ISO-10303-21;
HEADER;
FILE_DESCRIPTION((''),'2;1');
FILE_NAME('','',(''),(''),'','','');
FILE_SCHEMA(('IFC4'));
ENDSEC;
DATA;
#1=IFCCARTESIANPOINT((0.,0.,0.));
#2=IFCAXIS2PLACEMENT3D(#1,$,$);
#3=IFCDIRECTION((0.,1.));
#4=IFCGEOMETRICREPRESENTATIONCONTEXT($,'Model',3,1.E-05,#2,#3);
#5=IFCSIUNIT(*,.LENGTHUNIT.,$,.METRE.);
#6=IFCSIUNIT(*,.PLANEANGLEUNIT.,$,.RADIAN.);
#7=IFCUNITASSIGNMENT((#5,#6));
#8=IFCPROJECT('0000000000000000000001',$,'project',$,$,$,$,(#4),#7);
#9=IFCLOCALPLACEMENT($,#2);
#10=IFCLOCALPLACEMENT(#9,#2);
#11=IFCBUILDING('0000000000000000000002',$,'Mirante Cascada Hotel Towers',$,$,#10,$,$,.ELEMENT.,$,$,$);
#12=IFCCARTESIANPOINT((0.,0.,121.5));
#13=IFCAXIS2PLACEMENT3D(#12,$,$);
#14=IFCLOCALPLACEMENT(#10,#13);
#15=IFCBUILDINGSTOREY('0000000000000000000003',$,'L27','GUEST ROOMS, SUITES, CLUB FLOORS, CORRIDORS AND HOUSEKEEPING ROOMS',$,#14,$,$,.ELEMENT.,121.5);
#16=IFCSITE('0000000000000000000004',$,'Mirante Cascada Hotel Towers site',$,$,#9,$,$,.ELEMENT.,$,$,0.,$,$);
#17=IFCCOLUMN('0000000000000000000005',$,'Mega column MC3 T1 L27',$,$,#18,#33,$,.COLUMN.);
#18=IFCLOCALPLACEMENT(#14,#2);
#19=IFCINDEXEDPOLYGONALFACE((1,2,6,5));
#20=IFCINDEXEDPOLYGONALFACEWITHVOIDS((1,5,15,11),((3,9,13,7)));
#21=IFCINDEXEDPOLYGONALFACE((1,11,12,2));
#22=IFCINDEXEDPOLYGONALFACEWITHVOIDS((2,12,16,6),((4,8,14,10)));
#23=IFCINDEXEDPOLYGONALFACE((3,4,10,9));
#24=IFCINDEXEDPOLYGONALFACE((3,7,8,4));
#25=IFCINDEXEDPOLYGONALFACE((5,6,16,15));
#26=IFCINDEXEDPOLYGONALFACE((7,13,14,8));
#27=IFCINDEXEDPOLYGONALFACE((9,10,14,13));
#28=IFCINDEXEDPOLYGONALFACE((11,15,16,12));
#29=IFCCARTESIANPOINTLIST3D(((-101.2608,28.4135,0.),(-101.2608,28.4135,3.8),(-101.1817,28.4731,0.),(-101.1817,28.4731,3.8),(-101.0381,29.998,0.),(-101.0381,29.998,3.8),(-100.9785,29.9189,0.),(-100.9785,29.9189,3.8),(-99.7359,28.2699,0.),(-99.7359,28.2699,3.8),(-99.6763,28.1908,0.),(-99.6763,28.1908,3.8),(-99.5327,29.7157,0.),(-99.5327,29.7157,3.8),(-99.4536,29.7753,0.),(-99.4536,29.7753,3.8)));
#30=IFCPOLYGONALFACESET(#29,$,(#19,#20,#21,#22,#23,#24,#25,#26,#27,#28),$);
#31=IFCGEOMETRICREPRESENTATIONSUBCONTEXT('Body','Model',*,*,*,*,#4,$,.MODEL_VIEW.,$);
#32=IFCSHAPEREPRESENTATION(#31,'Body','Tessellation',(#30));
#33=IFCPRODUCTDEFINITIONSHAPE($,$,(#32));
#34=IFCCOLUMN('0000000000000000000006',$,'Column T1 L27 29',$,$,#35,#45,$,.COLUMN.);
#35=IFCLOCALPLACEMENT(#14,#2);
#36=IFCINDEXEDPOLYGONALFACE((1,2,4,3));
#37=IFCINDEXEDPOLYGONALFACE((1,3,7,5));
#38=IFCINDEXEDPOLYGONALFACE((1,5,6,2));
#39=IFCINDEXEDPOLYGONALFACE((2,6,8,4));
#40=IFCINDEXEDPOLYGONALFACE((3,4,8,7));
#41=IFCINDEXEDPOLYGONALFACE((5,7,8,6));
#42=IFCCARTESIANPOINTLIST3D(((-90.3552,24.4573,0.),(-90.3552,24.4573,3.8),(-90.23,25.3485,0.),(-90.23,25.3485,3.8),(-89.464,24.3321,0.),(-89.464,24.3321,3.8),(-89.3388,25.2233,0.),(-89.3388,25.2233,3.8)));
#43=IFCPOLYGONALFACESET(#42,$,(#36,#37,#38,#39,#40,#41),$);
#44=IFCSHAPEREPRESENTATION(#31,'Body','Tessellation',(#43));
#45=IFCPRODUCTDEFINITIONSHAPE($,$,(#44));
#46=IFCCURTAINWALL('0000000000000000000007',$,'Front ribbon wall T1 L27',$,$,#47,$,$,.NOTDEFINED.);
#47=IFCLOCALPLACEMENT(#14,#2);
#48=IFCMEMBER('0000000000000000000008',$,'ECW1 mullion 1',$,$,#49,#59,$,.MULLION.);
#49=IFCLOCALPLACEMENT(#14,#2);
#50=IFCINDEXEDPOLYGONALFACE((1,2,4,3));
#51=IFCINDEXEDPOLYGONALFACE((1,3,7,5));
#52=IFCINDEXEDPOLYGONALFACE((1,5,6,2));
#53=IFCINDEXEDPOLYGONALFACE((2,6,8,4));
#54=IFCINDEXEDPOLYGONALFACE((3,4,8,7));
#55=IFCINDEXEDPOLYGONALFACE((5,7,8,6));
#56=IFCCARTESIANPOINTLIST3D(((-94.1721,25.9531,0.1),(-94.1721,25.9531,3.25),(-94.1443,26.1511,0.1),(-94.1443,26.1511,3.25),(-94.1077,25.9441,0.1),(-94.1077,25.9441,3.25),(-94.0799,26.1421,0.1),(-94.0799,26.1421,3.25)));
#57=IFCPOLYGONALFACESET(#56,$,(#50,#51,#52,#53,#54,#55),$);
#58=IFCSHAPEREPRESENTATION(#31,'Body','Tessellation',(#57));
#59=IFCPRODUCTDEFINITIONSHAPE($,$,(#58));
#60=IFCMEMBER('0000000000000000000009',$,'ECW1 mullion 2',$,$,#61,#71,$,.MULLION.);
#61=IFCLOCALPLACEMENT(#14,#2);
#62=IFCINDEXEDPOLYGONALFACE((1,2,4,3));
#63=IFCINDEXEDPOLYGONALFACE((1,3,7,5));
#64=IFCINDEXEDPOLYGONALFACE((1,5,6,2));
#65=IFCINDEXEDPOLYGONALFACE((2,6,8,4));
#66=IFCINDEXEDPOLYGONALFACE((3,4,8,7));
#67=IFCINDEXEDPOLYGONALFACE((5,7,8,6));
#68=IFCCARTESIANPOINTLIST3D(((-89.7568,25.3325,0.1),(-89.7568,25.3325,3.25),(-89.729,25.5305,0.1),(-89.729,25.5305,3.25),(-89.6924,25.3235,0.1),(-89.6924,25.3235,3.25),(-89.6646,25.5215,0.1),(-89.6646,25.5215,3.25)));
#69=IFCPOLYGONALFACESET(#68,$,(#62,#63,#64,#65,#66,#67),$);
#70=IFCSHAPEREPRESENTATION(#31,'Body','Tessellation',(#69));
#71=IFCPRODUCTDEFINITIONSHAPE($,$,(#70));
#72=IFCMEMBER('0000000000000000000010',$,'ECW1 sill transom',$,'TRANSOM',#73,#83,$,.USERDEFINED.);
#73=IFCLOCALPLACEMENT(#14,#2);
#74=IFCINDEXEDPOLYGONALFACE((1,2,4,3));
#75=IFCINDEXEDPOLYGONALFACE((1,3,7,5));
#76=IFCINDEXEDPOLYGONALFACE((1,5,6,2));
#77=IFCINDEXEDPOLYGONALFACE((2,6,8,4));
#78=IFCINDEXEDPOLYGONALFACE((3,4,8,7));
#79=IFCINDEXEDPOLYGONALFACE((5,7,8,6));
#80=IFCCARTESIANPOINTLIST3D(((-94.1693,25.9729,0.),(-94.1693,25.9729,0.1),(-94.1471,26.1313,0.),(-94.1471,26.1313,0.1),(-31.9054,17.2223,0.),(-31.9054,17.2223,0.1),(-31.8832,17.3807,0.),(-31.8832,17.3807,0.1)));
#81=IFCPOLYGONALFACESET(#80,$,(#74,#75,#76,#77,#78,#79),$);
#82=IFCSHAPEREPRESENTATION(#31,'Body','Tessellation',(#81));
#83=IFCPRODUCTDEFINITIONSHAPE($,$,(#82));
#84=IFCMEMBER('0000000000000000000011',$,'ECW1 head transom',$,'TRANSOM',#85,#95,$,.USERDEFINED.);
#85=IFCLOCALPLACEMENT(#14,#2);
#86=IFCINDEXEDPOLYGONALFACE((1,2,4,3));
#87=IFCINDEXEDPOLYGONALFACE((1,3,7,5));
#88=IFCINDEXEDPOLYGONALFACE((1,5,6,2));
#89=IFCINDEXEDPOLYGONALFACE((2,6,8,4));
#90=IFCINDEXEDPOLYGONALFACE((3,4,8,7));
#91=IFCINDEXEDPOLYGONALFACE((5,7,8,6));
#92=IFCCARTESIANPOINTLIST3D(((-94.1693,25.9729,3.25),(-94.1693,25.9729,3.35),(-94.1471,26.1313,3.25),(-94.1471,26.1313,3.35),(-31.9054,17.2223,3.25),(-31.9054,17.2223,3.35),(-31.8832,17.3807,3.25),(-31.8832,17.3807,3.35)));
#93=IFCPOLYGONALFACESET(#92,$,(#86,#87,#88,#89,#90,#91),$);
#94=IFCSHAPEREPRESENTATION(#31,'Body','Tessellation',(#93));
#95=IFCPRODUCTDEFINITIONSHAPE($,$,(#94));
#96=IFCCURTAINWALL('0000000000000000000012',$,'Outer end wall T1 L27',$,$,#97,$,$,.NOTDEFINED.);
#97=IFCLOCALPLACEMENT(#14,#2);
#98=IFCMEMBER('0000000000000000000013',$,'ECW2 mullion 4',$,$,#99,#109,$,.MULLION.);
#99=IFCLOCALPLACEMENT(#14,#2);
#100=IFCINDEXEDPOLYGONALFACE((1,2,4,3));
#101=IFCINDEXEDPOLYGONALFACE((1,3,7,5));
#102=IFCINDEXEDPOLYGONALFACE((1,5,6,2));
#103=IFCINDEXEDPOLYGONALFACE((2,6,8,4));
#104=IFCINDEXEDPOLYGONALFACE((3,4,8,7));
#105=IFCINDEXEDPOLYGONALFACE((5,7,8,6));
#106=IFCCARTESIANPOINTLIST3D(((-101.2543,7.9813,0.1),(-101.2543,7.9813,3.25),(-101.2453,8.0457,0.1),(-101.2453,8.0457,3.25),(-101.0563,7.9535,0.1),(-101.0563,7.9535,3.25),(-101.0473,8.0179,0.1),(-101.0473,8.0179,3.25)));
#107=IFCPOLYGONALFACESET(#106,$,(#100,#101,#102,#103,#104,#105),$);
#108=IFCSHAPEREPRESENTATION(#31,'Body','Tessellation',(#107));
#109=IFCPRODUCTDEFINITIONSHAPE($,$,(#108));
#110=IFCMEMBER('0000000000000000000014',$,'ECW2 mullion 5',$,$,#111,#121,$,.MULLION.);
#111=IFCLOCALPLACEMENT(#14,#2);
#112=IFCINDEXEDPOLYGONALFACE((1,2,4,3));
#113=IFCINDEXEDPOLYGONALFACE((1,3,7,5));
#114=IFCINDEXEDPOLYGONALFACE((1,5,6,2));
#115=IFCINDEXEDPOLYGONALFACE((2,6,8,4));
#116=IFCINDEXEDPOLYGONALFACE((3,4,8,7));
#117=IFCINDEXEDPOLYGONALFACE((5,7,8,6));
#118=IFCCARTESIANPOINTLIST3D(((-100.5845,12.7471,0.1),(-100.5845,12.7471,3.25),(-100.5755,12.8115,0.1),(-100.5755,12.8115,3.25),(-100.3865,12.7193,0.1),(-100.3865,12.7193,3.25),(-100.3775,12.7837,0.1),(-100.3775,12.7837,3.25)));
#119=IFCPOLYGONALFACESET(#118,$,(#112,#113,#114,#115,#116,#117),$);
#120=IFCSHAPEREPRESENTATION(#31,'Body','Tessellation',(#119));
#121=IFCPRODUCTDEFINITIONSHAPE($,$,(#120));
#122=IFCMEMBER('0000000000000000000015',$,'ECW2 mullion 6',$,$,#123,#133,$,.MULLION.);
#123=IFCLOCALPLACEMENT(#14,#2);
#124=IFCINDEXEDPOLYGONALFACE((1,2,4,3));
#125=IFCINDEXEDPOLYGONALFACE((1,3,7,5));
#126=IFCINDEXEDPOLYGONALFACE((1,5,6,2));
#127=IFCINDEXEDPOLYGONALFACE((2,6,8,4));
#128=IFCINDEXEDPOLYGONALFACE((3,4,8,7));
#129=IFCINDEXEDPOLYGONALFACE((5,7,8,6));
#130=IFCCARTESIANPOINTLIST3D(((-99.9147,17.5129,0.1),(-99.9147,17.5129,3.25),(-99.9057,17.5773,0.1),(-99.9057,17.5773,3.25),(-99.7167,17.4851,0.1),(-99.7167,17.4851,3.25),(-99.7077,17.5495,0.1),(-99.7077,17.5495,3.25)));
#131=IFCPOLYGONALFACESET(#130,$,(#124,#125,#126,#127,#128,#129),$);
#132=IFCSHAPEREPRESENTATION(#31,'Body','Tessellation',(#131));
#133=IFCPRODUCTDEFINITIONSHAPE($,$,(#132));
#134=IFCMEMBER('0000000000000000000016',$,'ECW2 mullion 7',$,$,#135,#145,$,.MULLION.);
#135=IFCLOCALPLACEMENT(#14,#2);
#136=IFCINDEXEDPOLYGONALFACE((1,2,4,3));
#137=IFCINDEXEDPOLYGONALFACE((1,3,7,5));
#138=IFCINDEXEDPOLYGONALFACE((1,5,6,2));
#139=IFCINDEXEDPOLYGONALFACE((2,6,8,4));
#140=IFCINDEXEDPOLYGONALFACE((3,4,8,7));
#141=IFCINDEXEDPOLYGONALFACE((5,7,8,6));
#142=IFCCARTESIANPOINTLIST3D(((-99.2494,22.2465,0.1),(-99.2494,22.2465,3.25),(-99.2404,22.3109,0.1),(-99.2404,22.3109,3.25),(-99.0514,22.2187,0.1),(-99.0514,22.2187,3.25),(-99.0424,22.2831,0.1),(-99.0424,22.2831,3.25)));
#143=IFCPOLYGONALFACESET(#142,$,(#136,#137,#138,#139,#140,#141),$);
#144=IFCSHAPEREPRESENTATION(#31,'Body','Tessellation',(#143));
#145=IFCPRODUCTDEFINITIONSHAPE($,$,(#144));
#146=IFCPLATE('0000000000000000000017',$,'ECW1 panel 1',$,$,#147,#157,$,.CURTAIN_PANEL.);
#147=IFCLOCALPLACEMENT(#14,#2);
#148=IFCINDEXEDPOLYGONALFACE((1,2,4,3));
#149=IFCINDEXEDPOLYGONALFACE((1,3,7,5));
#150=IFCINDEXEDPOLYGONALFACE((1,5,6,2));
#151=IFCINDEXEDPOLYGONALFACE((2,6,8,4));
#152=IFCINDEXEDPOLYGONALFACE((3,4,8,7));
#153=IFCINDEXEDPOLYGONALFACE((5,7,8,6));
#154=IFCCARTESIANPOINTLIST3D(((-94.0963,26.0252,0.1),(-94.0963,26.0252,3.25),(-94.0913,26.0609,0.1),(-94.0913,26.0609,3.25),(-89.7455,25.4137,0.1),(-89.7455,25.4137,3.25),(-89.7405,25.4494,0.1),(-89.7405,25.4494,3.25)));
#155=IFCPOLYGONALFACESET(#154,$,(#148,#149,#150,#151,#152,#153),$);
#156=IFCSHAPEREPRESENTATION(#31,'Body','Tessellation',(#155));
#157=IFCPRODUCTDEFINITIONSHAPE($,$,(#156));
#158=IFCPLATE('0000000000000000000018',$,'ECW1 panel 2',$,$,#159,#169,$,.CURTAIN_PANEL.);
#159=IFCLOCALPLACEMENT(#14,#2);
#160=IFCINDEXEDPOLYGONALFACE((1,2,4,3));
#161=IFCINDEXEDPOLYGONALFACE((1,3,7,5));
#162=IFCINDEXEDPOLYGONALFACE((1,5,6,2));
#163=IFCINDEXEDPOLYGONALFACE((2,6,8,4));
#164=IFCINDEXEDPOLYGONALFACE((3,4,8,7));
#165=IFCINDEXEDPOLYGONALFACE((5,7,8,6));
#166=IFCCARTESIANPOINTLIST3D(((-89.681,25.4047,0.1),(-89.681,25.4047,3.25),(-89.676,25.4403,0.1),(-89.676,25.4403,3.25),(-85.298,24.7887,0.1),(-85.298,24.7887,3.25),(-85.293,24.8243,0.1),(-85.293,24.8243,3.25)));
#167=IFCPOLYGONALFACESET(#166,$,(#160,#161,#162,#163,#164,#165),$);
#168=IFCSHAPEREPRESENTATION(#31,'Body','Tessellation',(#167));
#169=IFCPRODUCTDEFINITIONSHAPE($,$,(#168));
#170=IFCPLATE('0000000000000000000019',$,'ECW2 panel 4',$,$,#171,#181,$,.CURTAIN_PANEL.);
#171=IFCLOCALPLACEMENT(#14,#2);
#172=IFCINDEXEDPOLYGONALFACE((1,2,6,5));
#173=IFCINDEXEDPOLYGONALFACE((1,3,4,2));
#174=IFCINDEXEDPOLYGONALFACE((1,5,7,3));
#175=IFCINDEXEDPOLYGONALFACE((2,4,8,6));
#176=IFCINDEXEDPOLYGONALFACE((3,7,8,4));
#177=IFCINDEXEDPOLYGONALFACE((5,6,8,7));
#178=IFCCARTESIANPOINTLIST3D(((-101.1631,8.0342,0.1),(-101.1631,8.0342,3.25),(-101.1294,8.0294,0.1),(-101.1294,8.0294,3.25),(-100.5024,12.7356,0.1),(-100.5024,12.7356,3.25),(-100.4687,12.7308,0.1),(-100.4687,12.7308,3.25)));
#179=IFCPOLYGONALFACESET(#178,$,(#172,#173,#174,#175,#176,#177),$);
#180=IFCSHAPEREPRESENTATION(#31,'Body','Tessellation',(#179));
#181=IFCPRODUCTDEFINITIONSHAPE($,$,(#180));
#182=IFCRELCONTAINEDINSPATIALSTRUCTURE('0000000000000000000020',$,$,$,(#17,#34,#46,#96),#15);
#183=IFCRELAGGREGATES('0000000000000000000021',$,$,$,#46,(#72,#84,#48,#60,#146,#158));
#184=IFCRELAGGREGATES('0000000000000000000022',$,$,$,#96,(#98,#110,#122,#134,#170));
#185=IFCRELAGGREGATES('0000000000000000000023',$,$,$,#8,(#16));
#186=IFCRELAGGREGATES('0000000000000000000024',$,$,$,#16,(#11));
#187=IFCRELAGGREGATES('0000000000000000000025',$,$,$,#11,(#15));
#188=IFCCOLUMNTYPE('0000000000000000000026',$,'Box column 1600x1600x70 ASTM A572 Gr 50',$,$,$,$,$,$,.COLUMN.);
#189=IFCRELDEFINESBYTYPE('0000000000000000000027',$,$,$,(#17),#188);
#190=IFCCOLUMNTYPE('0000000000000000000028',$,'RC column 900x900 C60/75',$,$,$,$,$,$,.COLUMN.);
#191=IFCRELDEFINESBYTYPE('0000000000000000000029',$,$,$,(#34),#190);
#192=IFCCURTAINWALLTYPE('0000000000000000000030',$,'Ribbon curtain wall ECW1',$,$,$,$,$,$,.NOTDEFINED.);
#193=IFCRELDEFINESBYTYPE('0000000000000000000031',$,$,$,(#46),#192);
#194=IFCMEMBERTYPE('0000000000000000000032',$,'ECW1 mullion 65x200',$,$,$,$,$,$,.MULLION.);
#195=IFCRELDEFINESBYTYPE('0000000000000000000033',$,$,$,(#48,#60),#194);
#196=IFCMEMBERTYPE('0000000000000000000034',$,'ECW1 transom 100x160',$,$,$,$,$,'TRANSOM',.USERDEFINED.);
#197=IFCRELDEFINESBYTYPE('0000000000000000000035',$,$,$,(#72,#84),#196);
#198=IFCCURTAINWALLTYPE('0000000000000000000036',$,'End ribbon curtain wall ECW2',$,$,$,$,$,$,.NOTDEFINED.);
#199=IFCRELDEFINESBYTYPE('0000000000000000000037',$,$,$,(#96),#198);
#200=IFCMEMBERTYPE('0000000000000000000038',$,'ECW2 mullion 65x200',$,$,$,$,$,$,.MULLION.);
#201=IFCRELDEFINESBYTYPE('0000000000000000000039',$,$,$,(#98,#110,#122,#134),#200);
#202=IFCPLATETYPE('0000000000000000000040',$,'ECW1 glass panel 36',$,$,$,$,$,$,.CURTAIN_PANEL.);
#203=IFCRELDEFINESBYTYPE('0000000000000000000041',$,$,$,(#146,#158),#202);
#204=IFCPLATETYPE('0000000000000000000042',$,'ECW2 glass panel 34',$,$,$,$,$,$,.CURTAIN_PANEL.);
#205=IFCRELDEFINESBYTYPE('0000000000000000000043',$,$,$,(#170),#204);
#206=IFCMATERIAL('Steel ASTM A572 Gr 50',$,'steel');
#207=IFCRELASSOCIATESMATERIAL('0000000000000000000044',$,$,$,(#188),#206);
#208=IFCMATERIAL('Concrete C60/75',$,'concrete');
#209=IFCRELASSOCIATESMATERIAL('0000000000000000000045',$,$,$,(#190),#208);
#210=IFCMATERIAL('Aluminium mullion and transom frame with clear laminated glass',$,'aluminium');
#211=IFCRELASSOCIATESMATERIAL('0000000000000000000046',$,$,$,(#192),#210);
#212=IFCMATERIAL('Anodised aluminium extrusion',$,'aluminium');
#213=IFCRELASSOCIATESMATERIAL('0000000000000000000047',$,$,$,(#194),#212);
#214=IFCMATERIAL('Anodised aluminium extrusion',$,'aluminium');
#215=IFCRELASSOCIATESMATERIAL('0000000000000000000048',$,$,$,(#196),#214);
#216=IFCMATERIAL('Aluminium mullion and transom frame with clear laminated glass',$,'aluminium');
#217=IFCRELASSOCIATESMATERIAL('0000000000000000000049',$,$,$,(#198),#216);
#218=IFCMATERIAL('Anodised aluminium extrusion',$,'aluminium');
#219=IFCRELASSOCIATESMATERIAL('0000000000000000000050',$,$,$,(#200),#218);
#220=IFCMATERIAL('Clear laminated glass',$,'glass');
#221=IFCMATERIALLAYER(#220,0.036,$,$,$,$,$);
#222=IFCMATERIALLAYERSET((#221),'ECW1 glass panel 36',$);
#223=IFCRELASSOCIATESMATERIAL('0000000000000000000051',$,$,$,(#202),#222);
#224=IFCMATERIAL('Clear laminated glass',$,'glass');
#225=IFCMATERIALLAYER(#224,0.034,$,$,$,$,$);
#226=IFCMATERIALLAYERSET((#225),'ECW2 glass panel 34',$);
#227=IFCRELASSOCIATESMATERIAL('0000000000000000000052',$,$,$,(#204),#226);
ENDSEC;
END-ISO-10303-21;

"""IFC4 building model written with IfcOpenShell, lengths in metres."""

from ifc_helpers import new_model, si_unit, direction, frame, origin, origin_2d, place, context, subcontext, project, spatial, rectangle, hollow_rectangle, extrude, material, layer, layer_set, material_profile, profile_set, type_object, element, aggregate, save


model = new_model("IFC4")

# Units and contexts
model_context = context("Model", 3, precision=1e-05, world=origin(), true_north=direction((0.0, 1.0)))
body_context = subcontext(model_context, "Body", "Model", "MODEL_VIEW")
ifc_project = project(units=[si_unit("LENGTHUNIT", "METRE"), si_unit("PLANEANGLEUNIT", "RADIAN")], contexts=[model_context])

# Site, building, storey
site_placement = place(None, origin())
site = spatial("IfcSite", under=ifc_project, at=site_placement, Name="Mirante Cascada Hotel Towers site", CompositionType="ELEMENT", RefElevation=0.0)
building_placement = place(site_placement, origin())
building = spatial("IfcBuilding", under=site, at=building_placement, Name="Mirante Cascada Hotel Towers", CompositionType="ELEMENT")
storey_placement = place(building_placement, frame((0.0, 0.0, 121.5)))
storey = spatial("IfcBuildingStorey", under=building, at=storey_placement, Name="L27", Description="GUEST ROOMS, SUITES, CLUB FLOORS, CORRIDORS AND HOUSEKEEPING ROOMS", CompositionType="ELEMENT", Elevation=121.5)

# Columns
ifc_material_1 = material(Name="Steel ASTM A572 Gr 50", Category="steel")
ifc_material_profile_1 = material_profile(ifc_material_1, hollow_rectangle(XDim=1.6, YDim=1.6, WallThickness=0.07, at=origin_2d()), Name="Box column 1600x1600x70 ASTM A572 Gr 50")
ifc_profile_set_1 = profile_set([ifc_material_profile_1], Name="Steel ASTM A572 Gr 50")
column_type_1 = type_object("IfcColumnType", Name="Box column 1600x1600x70 ASTM A572 Gr 50", PredefinedType="COLUMN", material=ifc_profile_set_1)
column_1_placement = place(storey_placement, frame((-100.3572, 29.0944, 0.0), z_axis=(0.0, 0.0, 1.0), x_axis=(-0.990268, 0.139173, 0.0)))
element("IfcColumn", 1, at=column_1_placement, inside=storey, type_object=column_type_1, Name="Mega column MC3 T1 L27", PredefinedType="COLUMN", context=body_context, shape_type="SweptSolid", body=[
    extrude(hollow_rectangle(XDim=1.6, YDim=1.6, WallThickness=0.07, at=origin_2d()), origin(), (0.0, 0.0, 1.0), 3.8),
])
ifc_material_2 = material(Name="Concrete C60/75", Category="concrete")
ifc_material_profile_2 = material_profile(ifc_material_2, rectangle(XDim=0.9, YDim=0.9, at=origin_2d()), Name="RC column 900x900 C60/75")
ifc_profile_set_2 = profile_set([ifc_material_profile_2], Name="Concrete C60/75")
column_type_2 = type_object("IfcColumnType", Name="RC column 900x900 C60/75", PredefinedType="COLUMN", material=ifc_profile_set_2)
column_2_placement = place(storey_placement, frame((-89.847, 24.8403, 0.0), z_axis=(0.0, 0.0, 1.0), x_axis=(-0.990268, 0.139173, 0.0)))
element("IfcColumn", 2, at=column_2_placement, inside=storey, type_object=column_type_2, Name="Column T1 L27 29", PredefinedType="COLUMN", context=body_context, shape_type="SweptSolid", body=[
    extrude(rectangle(XDim=0.9, YDim=0.9, at=origin_2d()), origin(), (0.0, 0.0, 1.0), 3.8),
])

# Curtain walls, members
ifc_material_3 = material(Name="Aluminium mullion and transom frame with clear laminated glass", Category="aluminium")
curtain_wall_type_1 = type_object("IfcCurtainWallType", Name="Ribbon curtain wall ECW1", PredefinedType="NOTDEFINED", material=ifc_material_3)
curtain_wall_1_placement = place(storey_placement, origin())
curtain_wall_1 = element("IfcCurtainWall", 3, at=curtain_wall_1_placement, inside=storey, type_object=curtain_wall_type_1, Name="Front ribbon wall T1 L27", PredefinedType="NOTDEFINED")
ifc_material_4 = material(Name="Anodised aluminium extrusion", Category="aluminium")
ifc_material_profile_3 = material_profile(ifc_material_4, rectangle(XDim=0.2, YDim=0.065, at=origin_2d()), Name="ECW1 MULLION 65x200")
ifc_profile_set_3 = profile_set([ifc_material_profile_3], Name="Anodised aluminium extrusion")
member_type_1 = type_object("IfcMemberType", Name="ECW1 mullion 65x200", PredefinedType="MULLION", material=ifc_profile_set_3)
member_1_placement = place(storey_placement, frame((-94.126, 26.0476, 0.1), z_axis=(0.0, 0.0, 1.0), x_axis=(0.139173, 0.990268, 0.0)))
member_1 = element("IfcMember", 4, at=member_1_placement, type_object=member_type_1, Name="ECW1 mullion 1", PredefinedType="MULLION", context=body_context, shape_type="SweptSolid", body=[
    extrude(rectangle(XDim=0.2, YDim=0.065, at=origin_2d()), origin(), (0.0, 0.0, 1.0), 3.15),
])
member_2_placement = place(storey_placement, frame((-89.7107, 25.427, 0.1), z_axis=(0.0, 0.0, 1.0), x_axis=(0.139173, 0.990268, 0.0)))
member_2 = element("IfcMember", 5, at=member_2_placement, type_object=member_type_1, Name="ECW1 mullion 2", PredefinedType="MULLION", context=body_context, shape_type="SweptSolid", body=[
    extrude(rectangle(XDim=0.2, YDim=0.065, at=origin_2d()), origin(), (0.0, 0.0, 1.0), 3.15),
])
ifc_material_5 = material(Name="Anodised aluminium extrusion", Category="aluminium")
ifc_material_profile_4 = material_profile(ifc_material_5, rectangle(XDim=0.16, YDim=0.1, at=origin_2d()), Name="ECW1 TRANSOM 100x160")
ifc_profile_set_4 = profile_set([ifc_material_profile_4], Name="Anodised aluminium extrusion")
member_type_2 = type_object("IfcMemberType", Name="ECW1 transom 100x160", ElementType="TRANSOM", PredefinedType="USERDEFINED", material=ifc_profile_set_4)
member_3_placement = place(storey_placement, frame((-94.1582, 26.0521, 0.05), z_axis=(0.990268, -0.139173, 0.0), x_axis=(0.139173, 0.990268, 0.0)))
member_3 = element("IfcMember", 6, at=member_3_placement, type_object=member_type_2, Name="ECW1 sill transom", ObjectType="TRANSOM", PredefinedType="USERDEFINED", context=body_context, shape_type="SweptSolid", body=[
    extrude(rectangle(XDim=0.16, YDim=0.1, at=origin_2d()), origin(), (0.0, 0.0, 1.0), 62.8758),
])
member_4_placement = place(storey_placement, frame((-94.1582, 26.0521, 3.3), z_axis=(0.990268, -0.139173, 0.0), x_axis=(0.139173, 0.990268, 0.0)))
member_4 = element("IfcMember", 7, at=member_4_placement, type_object=member_type_2, Name="ECW1 head transom", ObjectType="TRANSOM", PredefinedType="USERDEFINED", context=body_context, shape_type="SweptSolid", body=[
    extrude(rectangle(XDim=0.16, YDim=0.1, at=origin_2d()), origin(), (0.0, 0.0, 1.0), 62.8758),
])
ifc_material_6 = material(Name="Aluminium mullion and transom frame with clear laminated glass", Category="aluminium")
curtain_wall_type_2 = type_object("IfcCurtainWallType", Name="End ribbon curtain wall ECW2", PredefinedType="NOTDEFINED", material=ifc_material_6)
curtain_wall_2_placement = place(storey_placement, origin())
curtain_wall_2 = element("IfcCurtainWall", 8, at=curtain_wall_2_placement, inside=storey, type_object=curtain_wall_type_2, Name="Outer end wall T1 L27", PredefinedType="NOTDEFINED")
ifc_material_7 = material(Name="Anodised aluminium extrusion", Category="aluminium")
ifc_material_profile_5 = material_profile(ifc_material_7, rectangle(XDim=0.2, YDim=0.065, at=origin_2d()), Name="ECW2 MULLION 65x200")
ifc_profile_set_5 = profile_set([ifc_material_profile_5], Name="Anodised aluminium extrusion")
member_type_3 = type_object("IfcMemberType", Name="ECW2 mullion 65x200", PredefinedType="MULLION", material=ifc_profile_set_5)
member_5_placement = place(storey_placement, frame((-101.1508, 7.9996, 0.1), z_axis=(0.0, 0.0, 1.0), x_axis=(-0.990268, 0.139173, 0.0)))
member_5 = element("IfcMember", 9, at=member_5_placement, type_object=member_type_3, Name="ECW2 mullion 4", PredefinedType="MULLION", context=body_context, shape_type="SweptSolid", body=[
    extrude(rectangle(XDim=0.2, YDim=0.065, at=origin_2d()), origin(), (0.0, 0.0, 1.0), 3.15),
])
member_6_placement = place(storey_placement, frame((-100.481, 12.7654, 0.1), z_axis=(0.0, 0.0, 1.0), x_axis=(-0.990268, 0.139173, 0.0)))
member_6 = element("IfcMember", 10, at=member_6_placement, type_object=member_type_3, Name="ECW2 mullion 5", PredefinedType="MULLION", context=body_context, shape_type="SweptSolid", body=[
    extrude(rectangle(XDim=0.2, YDim=0.065, at=origin_2d()), origin(), (0.0, 0.0, 1.0), 3.15),
])
member_7_placement = place(storey_placement, frame((-99.8112, 17.5312, 0.1), z_axis=(0.0, 0.0, 1.0), x_axis=(-0.990268, 0.139173, 0.0)))
member_7 = element("IfcMember", 11, at=member_7_placement, type_object=member_type_3, Name="ECW2 mullion 6", PredefinedType="MULLION", context=body_context, shape_type="SweptSolid", body=[
    extrude(rectangle(XDim=0.2, YDim=0.065, at=origin_2d()), origin(), (0.0, 0.0, 1.0), 3.15),
])
member_8_placement = place(storey_placement, frame((-99.1459, 22.2648, 0.1), z_axis=(0.0, 0.0, 1.0), x_axis=(-0.990268, 0.139173, 0.0)))
member_8 = element("IfcMember", 12, at=member_8_placement, type_object=member_type_3, Name="ECW2 mullion 7", PredefinedType="MULLION", context=body_context, shape_type="SweptSolid", body=[
    extrude(rectangle(XDim=0.2, YDim=0.065, at=origin_2d()), origin(), (0.0, 0.0, 1.0), 3.15),
])

# Plates
ifc_material_8 = material(Name="Clear laminated glass", Category="glass")
ifc_layer_1 = layer(ifc_material_8, 0.036)
ifc_layer_set_1 = layer_set([ifc_layer_1], Name="ECW1 glass panel 36")
plate_type_1 = type_object("IfcPlateType", Name="ECW1 glass panel 36", PredefinedType="CURTAIN_PANEL", material=ifc_layer_set_1)
plate_1_placement = place(storey_placement, frame((-91.9184, 25.7373, 0.1), z_axis=(0.0, 0.0, 1.0), x_axis=(0.990268, -0.139173, 0.0)))
plate_1 = element("IfcPlate", 13, at=plate_1_placement, type_object=plate_type_1, Name="ECW1 panel 1", PredefinedType="CURTAIN_PANEL", context=body_context, shape_type="SweptSolid", body=[
    extrude(rectangle(XDim=4.3936, YDim=0.036, at=origin_2d()), origin(), (0.0, 0.0, 1.0), 3.15),
])
plate_2_placement = place(storey_placement, frame((-87.487, 25.1145, 0.1), z_axis=(0.0, 0.0, 1.0), x_axis=(0.990268, -0.139173, 0.0)))
plate_2 = element("IfcPlate", 14, at=plate_2_placement, type_object=plate_type_1, Name="ECW1 panel 2", PredefinedType="CURTAIN_PANEL", context=body_context, shape_type="SweptSolid", body=[
    extrude(rectangle(XDim=4.4261, YDim=0.036, at=origin_2d()), origin(), (0.0, 0.0, 1.0), 3.15),
])
aggregate(curtain_wall_1, [member_3, member_4, member_1, member_2, plate_1, plate_2])
ifc_material_9 = material(Name="Clear laminated glass", Category="glass")
ifc_layer_2 = layer(ifc_material_9, 0.034)
ifc_layer_set_2 = layer_set([ifc_layer_2], Name="ECW2 glass panel 34")
plate_type_2 = type_object("IfcPlateType", Name="ECW2 glass panel 34", PredefinedType="CURTAIN_PANEL", material=ifc_layer_set_2)
plate_3_placement = place(storey_placement, frame((-100.8159, 10.3825, 0.1), z_axis=(0.0, 0.0, 1.0), x_axis=(0.139173, 0.990268, 0.0)))
plate_3 = element("IfcPlate", 15, at=plate_3_placement, type_object=plate_type_2, Name="ECW2 panel 4", PredefinedType="CURTAIN_PANEL", context=body_context, shape_type="SweptSolid", body=[
    extrude(rectangle(XDim=4.7476, YDim=0.034, at=origin_2d()), origin(), (0.0, 0.0, 1.0), 3.15),
])
aggregate(curtain_wall_2, [member_5, member_6, member_7, member_8, plate_3])

save(model, "model.ifc")
